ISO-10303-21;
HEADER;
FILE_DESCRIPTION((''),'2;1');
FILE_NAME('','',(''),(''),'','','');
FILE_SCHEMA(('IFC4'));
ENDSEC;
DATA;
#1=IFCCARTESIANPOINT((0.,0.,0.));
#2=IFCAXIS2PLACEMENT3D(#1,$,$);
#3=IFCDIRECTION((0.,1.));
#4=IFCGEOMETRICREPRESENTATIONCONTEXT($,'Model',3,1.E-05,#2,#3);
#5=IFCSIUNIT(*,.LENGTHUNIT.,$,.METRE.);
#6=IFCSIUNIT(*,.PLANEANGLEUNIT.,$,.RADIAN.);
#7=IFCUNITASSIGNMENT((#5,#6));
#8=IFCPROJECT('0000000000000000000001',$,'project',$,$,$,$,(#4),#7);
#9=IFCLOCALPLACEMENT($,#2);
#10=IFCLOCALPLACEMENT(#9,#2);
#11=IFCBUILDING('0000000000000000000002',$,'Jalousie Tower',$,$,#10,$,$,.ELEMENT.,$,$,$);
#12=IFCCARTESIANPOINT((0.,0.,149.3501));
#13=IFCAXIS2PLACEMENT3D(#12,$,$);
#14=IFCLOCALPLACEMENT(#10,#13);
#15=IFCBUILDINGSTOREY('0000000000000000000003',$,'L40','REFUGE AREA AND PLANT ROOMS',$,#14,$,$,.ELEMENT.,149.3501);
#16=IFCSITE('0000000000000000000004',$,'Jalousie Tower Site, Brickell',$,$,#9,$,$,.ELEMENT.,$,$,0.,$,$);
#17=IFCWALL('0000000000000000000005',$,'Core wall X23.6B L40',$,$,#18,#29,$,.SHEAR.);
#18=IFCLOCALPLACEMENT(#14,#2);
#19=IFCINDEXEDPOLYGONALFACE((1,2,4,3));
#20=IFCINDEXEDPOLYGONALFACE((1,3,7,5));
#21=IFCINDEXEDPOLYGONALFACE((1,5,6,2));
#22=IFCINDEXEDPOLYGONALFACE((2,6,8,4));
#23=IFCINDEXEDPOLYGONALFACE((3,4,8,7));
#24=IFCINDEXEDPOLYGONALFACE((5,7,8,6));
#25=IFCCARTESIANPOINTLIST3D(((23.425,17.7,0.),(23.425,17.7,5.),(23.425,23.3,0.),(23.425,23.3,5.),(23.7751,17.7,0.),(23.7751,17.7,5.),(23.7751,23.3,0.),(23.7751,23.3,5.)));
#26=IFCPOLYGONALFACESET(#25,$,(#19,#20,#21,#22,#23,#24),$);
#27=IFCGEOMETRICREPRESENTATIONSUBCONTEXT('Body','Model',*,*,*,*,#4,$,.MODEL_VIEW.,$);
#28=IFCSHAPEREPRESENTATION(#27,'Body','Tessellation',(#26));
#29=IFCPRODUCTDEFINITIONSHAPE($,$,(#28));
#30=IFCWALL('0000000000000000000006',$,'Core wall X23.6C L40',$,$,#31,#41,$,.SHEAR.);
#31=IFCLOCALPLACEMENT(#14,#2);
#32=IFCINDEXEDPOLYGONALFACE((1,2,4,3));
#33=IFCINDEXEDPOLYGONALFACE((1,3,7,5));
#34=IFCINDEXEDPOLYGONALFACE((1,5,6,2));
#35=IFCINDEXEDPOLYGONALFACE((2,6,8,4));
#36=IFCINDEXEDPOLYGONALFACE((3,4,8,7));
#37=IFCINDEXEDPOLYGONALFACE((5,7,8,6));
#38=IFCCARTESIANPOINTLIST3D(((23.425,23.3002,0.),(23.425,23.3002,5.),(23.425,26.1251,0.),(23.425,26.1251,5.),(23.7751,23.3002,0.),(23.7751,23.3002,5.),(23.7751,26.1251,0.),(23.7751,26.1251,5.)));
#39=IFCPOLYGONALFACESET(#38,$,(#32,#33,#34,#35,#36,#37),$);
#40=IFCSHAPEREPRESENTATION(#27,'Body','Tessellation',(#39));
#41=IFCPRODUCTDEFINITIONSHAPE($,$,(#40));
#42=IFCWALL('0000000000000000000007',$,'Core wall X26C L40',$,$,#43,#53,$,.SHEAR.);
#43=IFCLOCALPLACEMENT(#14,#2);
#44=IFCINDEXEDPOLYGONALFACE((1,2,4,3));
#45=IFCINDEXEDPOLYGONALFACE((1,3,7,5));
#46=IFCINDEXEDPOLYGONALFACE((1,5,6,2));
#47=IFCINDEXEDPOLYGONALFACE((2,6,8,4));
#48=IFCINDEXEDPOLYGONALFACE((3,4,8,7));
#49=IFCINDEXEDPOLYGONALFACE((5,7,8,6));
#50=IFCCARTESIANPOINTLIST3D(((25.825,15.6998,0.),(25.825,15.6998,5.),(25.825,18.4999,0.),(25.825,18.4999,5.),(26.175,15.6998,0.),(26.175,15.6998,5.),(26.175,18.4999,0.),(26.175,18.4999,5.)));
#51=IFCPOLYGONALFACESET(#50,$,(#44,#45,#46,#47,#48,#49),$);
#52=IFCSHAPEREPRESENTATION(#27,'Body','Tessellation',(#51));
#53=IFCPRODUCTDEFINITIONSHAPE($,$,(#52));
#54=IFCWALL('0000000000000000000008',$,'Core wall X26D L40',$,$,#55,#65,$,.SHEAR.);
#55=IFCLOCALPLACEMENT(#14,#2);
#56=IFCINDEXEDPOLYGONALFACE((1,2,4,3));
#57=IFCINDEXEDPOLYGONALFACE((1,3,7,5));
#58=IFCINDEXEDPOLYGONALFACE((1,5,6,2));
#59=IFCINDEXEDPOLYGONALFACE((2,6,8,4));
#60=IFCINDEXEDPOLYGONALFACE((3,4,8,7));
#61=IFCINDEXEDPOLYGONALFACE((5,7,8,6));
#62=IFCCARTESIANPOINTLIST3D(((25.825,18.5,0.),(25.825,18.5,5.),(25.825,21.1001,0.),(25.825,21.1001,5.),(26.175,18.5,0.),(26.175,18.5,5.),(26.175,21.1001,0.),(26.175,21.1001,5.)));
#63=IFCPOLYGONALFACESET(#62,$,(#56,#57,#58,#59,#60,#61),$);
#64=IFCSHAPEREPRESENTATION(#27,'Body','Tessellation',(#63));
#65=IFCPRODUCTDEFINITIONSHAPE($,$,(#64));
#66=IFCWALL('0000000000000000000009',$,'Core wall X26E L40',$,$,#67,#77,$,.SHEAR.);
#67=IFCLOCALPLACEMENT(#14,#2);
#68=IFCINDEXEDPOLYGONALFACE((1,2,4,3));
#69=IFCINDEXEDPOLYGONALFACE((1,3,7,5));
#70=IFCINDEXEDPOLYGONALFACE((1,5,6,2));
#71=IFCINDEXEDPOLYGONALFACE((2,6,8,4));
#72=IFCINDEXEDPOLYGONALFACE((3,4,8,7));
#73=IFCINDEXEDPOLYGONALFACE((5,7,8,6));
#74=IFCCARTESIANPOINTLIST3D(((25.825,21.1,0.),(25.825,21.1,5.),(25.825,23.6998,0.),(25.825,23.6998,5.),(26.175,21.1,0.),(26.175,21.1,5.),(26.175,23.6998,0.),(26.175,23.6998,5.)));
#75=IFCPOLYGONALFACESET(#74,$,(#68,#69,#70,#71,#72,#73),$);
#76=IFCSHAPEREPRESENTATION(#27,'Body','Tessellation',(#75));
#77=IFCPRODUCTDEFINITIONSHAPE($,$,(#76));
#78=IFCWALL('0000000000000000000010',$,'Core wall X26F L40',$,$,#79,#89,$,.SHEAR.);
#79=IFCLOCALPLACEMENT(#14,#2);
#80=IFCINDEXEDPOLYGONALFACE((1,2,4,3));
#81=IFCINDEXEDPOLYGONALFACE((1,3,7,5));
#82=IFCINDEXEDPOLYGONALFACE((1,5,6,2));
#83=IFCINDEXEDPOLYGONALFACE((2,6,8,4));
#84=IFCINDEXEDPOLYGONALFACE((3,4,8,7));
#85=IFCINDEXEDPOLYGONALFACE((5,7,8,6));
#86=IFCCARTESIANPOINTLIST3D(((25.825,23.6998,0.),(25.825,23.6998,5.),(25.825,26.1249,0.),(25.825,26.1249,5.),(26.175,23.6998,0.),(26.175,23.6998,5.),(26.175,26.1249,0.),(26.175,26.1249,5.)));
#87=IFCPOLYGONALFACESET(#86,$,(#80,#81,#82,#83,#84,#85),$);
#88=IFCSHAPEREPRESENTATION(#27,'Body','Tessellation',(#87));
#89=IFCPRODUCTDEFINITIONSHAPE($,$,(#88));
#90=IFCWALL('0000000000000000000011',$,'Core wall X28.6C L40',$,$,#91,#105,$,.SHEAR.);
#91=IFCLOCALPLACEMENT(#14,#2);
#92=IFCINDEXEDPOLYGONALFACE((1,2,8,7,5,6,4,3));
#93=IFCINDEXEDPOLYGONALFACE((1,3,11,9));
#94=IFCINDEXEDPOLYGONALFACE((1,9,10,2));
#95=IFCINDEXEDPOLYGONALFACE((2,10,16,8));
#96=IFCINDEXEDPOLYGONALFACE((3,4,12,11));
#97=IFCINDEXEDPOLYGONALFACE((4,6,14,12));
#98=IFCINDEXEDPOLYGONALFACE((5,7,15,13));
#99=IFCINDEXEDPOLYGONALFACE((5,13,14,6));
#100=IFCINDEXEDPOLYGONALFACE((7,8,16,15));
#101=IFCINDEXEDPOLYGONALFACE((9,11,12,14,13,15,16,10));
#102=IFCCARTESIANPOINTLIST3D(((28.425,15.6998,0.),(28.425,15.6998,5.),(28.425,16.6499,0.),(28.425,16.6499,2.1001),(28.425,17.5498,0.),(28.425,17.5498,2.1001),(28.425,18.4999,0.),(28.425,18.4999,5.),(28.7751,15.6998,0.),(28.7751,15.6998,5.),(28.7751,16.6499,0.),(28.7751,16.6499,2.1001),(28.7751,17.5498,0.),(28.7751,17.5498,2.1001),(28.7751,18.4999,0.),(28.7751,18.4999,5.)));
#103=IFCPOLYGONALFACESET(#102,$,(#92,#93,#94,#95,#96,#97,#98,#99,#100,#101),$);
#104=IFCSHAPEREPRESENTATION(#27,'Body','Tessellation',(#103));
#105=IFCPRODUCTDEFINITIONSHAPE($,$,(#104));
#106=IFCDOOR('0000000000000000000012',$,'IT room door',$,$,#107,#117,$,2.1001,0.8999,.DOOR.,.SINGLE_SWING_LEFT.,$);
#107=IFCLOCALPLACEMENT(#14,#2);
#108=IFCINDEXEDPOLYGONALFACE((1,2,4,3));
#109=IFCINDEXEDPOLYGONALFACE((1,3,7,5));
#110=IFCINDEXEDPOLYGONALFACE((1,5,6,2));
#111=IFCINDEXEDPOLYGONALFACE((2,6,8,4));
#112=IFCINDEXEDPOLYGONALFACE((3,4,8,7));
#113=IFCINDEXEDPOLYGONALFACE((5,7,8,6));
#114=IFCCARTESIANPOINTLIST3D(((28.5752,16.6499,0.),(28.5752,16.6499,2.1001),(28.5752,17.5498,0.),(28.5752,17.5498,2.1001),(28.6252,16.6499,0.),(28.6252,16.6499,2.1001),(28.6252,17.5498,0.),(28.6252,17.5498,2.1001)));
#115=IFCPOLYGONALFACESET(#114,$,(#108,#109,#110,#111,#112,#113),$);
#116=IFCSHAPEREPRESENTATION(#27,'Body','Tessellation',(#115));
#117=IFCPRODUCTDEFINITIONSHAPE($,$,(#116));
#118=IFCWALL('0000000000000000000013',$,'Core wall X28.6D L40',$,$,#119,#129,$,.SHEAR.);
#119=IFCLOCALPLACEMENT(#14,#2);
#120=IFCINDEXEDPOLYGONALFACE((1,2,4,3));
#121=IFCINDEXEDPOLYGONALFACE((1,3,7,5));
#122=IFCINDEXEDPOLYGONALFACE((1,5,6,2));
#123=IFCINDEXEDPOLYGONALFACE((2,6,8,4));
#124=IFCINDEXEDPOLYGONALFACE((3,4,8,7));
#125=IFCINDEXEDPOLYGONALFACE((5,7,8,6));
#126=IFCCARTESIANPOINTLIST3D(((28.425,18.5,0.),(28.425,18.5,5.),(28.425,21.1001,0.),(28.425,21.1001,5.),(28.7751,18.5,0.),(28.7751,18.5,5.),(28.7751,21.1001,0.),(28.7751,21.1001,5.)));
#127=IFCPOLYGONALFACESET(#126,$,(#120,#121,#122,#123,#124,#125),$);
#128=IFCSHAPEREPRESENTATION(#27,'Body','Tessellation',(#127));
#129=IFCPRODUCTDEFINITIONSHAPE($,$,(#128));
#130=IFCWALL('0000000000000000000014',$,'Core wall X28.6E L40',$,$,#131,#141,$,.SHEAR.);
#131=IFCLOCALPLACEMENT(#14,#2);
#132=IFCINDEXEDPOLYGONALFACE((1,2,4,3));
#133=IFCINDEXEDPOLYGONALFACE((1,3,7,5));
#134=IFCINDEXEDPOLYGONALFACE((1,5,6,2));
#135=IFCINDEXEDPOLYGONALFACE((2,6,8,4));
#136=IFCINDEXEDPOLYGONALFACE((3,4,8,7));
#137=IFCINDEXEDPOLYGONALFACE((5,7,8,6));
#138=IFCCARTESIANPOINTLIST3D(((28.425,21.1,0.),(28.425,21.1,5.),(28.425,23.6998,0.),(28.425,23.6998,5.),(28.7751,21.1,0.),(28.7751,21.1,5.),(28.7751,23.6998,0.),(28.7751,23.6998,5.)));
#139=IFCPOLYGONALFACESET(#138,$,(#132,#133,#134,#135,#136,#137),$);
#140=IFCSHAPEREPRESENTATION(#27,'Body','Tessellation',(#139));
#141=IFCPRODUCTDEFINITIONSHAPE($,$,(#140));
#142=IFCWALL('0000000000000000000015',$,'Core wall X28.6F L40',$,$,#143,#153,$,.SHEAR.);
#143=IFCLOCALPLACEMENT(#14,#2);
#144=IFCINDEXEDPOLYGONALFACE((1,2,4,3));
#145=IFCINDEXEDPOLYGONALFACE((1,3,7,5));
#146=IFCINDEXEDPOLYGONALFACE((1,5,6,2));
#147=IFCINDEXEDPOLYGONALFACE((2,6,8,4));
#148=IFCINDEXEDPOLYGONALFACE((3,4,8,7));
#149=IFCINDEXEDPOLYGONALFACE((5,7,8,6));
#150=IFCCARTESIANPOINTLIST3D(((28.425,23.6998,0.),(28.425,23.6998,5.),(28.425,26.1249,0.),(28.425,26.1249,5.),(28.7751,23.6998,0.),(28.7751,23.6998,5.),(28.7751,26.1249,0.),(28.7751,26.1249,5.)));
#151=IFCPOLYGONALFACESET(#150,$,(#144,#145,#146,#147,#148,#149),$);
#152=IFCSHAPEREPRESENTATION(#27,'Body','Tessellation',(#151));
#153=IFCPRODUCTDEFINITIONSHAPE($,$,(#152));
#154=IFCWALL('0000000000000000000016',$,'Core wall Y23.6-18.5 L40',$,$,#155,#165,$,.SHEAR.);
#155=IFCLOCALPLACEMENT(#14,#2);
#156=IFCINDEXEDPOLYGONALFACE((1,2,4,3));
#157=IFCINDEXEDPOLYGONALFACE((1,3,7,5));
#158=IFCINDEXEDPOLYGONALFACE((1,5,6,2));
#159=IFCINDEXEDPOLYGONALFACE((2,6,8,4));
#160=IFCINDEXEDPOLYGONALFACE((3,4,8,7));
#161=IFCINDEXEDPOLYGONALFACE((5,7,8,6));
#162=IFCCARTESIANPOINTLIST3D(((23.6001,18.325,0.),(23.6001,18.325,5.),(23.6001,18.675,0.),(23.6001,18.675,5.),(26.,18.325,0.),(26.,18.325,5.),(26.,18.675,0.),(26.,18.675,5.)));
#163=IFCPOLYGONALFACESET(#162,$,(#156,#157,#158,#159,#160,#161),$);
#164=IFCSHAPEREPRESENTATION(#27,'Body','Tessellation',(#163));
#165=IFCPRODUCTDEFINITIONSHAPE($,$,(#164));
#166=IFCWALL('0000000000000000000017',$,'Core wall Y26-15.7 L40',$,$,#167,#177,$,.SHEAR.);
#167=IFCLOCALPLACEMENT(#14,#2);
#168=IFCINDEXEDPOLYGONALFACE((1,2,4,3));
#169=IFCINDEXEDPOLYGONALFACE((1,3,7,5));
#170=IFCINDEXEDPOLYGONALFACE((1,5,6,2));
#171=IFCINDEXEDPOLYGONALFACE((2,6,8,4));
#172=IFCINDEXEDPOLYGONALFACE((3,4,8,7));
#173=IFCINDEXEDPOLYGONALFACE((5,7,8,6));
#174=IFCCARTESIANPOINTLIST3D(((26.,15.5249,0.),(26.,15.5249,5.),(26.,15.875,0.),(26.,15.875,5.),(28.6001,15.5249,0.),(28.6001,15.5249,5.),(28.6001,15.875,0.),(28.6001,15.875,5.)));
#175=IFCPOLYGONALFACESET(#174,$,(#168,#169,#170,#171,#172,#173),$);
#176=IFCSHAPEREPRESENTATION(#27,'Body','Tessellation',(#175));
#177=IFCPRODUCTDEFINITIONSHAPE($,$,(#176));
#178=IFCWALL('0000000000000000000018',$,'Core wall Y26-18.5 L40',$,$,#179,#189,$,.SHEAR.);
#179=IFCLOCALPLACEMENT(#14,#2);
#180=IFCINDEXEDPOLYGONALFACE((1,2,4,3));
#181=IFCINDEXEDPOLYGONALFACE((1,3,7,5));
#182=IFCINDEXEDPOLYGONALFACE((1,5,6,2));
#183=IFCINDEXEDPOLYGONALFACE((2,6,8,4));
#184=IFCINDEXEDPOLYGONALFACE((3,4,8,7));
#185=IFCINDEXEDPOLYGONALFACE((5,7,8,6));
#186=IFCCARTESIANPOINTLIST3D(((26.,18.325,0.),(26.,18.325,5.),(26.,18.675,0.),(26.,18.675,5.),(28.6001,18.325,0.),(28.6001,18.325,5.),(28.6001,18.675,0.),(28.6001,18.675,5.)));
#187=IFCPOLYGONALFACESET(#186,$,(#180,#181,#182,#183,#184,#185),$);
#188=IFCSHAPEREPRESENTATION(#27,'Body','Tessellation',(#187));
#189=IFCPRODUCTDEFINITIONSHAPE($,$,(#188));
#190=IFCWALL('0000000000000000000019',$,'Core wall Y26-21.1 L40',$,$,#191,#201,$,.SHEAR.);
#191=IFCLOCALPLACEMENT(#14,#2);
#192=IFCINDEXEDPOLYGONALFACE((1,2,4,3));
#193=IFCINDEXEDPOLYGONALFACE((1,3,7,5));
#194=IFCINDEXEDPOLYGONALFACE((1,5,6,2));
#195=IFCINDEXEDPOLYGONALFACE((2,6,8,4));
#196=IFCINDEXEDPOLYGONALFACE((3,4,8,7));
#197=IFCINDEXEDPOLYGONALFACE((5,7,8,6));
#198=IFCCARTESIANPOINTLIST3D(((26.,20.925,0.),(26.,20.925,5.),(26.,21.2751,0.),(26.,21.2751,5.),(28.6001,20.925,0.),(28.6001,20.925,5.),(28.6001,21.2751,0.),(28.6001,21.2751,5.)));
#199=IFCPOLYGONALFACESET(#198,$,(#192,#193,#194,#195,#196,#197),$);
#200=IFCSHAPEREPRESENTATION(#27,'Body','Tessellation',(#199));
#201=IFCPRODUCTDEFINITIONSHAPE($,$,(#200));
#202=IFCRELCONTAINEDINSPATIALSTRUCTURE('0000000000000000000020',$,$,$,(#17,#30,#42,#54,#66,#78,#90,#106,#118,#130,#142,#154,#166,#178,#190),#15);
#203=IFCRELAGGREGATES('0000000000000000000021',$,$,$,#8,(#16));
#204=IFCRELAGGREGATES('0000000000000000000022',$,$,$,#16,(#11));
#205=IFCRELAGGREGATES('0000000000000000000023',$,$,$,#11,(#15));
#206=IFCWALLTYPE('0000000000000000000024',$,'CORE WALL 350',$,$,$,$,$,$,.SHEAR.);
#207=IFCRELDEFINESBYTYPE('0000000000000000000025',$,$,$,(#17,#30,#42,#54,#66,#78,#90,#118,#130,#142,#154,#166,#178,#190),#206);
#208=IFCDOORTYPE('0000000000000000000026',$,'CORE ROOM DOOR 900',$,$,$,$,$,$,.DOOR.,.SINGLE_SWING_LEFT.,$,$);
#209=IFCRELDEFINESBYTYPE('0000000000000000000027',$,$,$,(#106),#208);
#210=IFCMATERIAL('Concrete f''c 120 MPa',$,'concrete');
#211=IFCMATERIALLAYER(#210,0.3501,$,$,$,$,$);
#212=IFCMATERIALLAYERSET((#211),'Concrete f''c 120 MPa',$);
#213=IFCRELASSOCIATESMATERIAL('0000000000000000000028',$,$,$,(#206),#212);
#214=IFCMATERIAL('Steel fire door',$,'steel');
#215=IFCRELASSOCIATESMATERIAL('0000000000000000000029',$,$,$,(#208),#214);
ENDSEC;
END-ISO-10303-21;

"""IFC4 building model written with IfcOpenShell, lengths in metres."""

from ifc_helpers import new_model, si_unit, direction, frame, frame_2d, origin, place, context, subcontext, project, spatial, rectangle, extrude, material, layer, layer_set, type_object, element, fill, save


model = new_model("IFC4")

# Units and contexts
model_context = context("Model", 3, precision=1e-05, world=origin(), true_north=direction((0.0, 1.0)))
body_context = subcontext(model_context, "Body", "Model", "MODEL_VIEW")
ifc_project = project(units=[si_unit("LENGTHUNIT", "METRE"), si_unit("PLANEANGLEUNIT", "RADIAN")], contexts=[model_context])

# Site, building, storey
site_placement = place(None, origin())
site = spatial("IfcSite", under=ifc_project, at=site_placement, Name="Jalousie Tower Site, Brickell", CompositionType="ELEMENT", RefElevation=0.0)
building_placement = place(site_placement, origin())
building = spatial("IfcBuilding", under=site, at=building_placement, Name="Jalousie Tower", CompositionType="ELEMENT")
storey_placement = place(building_placement, frame((0.0, 0.0, 149.3501)))
storey = spatial("IfcBuildingStorey", under=building, at=storey_placement, Name="L40", Description="REFUGE AREA AND PLANT ROOMS", CompositionType="ELEMENT", Elevation=149.3501)

# Walls
ifc_material_1 = material(Name="Concrete f'c 120 MPa", Category="concrete")
ifc_layer = layer(ifc_material_1, 0.3501)
ifc_layer_set = layer_set([ifc_layer], Name="Concrete f'c 120 MPa")
wall_type_1 = type_object("IfcWallType", Name="CORE WALL 350", PredefinedType="SHEAR", material=ifc_layer_set)
wall_1_placement = place(storey_placement, frame((23.6001, 17.7, 0.0), z_axis=(0.0, 0.0, 1.0), x_axis=(0.0, 1.0, 0.0)))
element("IfcWall", 1, at=wall_1_placement, inside=storey, type_object=wall_type_1, Name="Core wall X23.6B L40", PredefinedType="SHEAR", context=body_context, shape_type="SweptSolid", body=[
    extrude(rectangle(XDim=5.6001, YDim=0.3501, at=frame_2d((2.8, 0.0))), origin(), (0.0, 0.0, 1.0), 5.0),
])
wall_2_placement = place(storey_placement, frame((23.6001, 23.3, 0.0), z_axis=(0.0, 0.0, 1.0), x_axis=(0.0, 1.0, 0.0)))
element("IfcWall", 2, at=wall_2_placement, inside=storey, type_object=wall_type_1, Name="Core wall X23.6C L40", PredefinedType="SHEAR", context=body_context, shape_type="SweptSolid", body=[
    extrude(rectangle(XDim=2.825, YDim=0.3501, at=frame_2d((1.4126, 0.0))), origin(), (0.0, 0.0, 1.0), 5.0),
])
wall_3_placement = place(storey_placement, frame((26.0, 15.7, 0.0), z_axis=(0.0, 0.0, 1.0), x_axis=(0.0, 1.0, 0.0)))
element("IfcWall", 3, at=wall_3_placement, inside=storey, type_object=wall_type_1, Name="Core wall X26C L40", PredefinedType="SHEAR", context=body_context, shape_type="SweptSolid", body=[
    extrude(rectangle(XDim=2.8, YDim=0.3501, at=frame_2d((1.3999, 0.0))), origin(), (0.0, 0.0, 1.0), 5.0),
])
wall_4_placement = place(storey_placement, frame((26.0, 18.5, 0.0), z_axis=(0.0, 0.0, 1.0), x_axis=(0.0, 1.0, 0.0)))
element("IfcWall", 4, at=wall_4_placement, inside=storey, type_object=wall_type_1, Name="Core wall X26D L40", PredefinedType="SHEAR", context=body_context, shape_type="SweptSolid", body=[
    extrude(rectangle(XDim=2.6001, YDim=0.3501, at=frame_2d((1.3, 0.0))), origin(), (0.0, 0.0, 1.0), 5.0),
])
wall_5_placement = place(storey_placement, frame((26.0, 21.1001, 0.0), z_axis=(0.0, 0.0, 1.0), x_axis=(0.0, 1.0, 0.0)))
element("IfcWall", 5, at=wall_5_placement, inside=storey, type_object=wall_type_1, Name="Core wall X26E L40", PredefinedType="SHEAR", context=body_context, shape_type="SweptSolid", body=[
    extrude(rectangle(XDim=2.5999, YDim=0.3501, at=frame_2d((1.2998, 0.0))), origin(), (0.0, 0.0, 1.0), 5.0),
])
wall_6_placement = place(storey_placement, frame((26.0, 23.7, 0.0), z_axis=(0.0, 0.0, 1.0), x_axis=(0.0, 1.0, 0.0)))
element("IfcWall", 6, at=wall_6_placement, inside=storey, type_object=wall_type_1, Name="Core wall X26F L40", PredefinedType="SHEAR", context=body_context, shape_type="SweptSolid", body=[
    extrude(rectangle(XDim=2.425, YDim=0.3501, at=frame_2d((1.2124, 0.0))), origin(), (0.0, 0.0, 1.0), 5.0),
])

# Wall, opening, door
wall_7_placement = place(storey_placement, frame((28.6001, 15.7, 0.0), z_axis=(0.0, 0.0, 1.0), x_axis=(0.0, 1.0, 0.0)))
wall_7 = element("IfcWall", 7, at=wall_7_placement, inside=storey, type_object=wall_type_1, Name="Core wall X28.6C L40", PredefinedType="SHEAR", context=body_context, shape_type="SweptSolid", body=[
    extrude(rectangle(XDim=2.8, YDim=0.3501, at=frame_2d((1.3999, 0.0))), origin(), (0.0, 0.0, 1.0), 5.0),
])
opening_placement = place(wall_7_placement, frame((0.95, 0.0, 0.0)))
opening = element("IfcOpeningElement", 8, at=opening_placement, cuts=wall_7, PredefinedType="OPENING", context=body_context, shape_type="SweptSolid", body=[
    extrude(rectangle(XDim=0.8999, YDim=2.1001, at=frame_2d((0.45, 1.05))), frame((0.0, 0.1851, 0.0), z_axis=(0.0, -1.0, 0.0), x_axis=(1.0, 0.0, 0.0)), (0.0, 0.0, 1.0), 0.3701),
])
ifc_material_2 = material(Name="Steel fire door", Category="steel")
door_type = type_object("IfcDoorType", Name="CORE ROOM DOOR 900", OperationType="SINGLE_SWING_LEFT", PredefinedType="DOOR", material=ifc_material_2)
door_placement = place(opening_placement, origin())
door = element("IfcDoor", 9, at=door_placement, inside=storey, type_object=door_type, Name="IT room door", OperationType="SINGLE_SWING_LEFT", OverallHeight=2.1001, OverallWidth=0.8999, PredefinedType="DOOR", context=body_context, shape_type="SweptSolid", body=[
    extrude(rectangle(XDim=0.8999, YDim=2.1001, at=frame_2d((0.45, 1.05))), frame((0.0, 0.0249, 0.0), z_axis=(0.0, -1.0, 0.0), x_axis=(1.0, 0.0, 0.0)), (0.0, 0.0, 1.0), 0.05),
])
fill(opening, door)

# Walls
wall_8_placement = place(storey_placement, frame((28.6001, 18.5, 0.0), z_axis=(0.0, 0.0, 1.0), x_axis=(0.0, 1.0, 0.0)))
element("IfcWall", 10, at=wall_8_placement, inside=storey, type_object=wall_type_1, Name="Core wall X28.6D L40", PredefinedType="SHEAR", context=body_context, shape_type="SweptSolid", body=[
    extrude(rectangle(XDim=2.6001, YDim=0.3501, at=frame_2d((1.3, 0.0))), origin(), (0.0, 0.0, 1.0), 5.0),
])
wall_9_placement = place(storey_placement, frame((28.6001, 21.1001, 0.0), z_axis=(0.0, 0.0, 1.0), x_axis=(0.0, 1.0, 0.0)))
element("IfcWall", 11, at=wall_9_placement, inside=storey, type_object=wall_type_1, Name="Core wall X28.6E L40", PredefinedType="SHEAR", context=body_context, shape_type="SweptSolid", body=[
    extrude(rectangle(XDim=2.5999, YDim=0.3501, at=frame_2d((1.2998, 0.0))), origin(), (0.0, 0.0, 1.0), 5.0),
])
wall_10_placement = place(storey_placement, frame((28.6001, 23.7, 0.0), z_axis=(0.0, 0.0, 1.0), x_axis=(0.0, 1.0, 0.0)))
element("IfcWall", 12, at=wall_10_placement, inside=storey, type_object=wall_type_1, Name="Core wall X28.6F L40", PredefinedType="SHEAR", context=body_context, shape_type="SweptSolid", body=[
    extrude(rectangle(XDim=2.425, YDim=0.3501, at=frame_2d((1.2124, 0.0))), origin(), (0.0, 0.0, 1.0), 5.0),
])
wall_11_placement = place(storey_placement, frame((23.6001, 18.5, 0.0), z_axis=(0.0, 0.0, 1.0), x_axis=(1.0, 0.0, 0.0)))
element("IfcWall", 13, at=wall_11_placement, inside=storey, type_object=wall_type_1, Name="Core wall Y23.6-18.5 L40", PredefinedType="SHEAR", context=body_context, shape_type="SweptSolid", body=[
    extrude(rectangle(XDim=2.3999, YDim=0.3501, at=frame_2d((1.2, 0.0))), origin(), (0.0, 0.0, 1.0), 5.0),
])
for number, where, z_axis, x_axis, name in (
    (14, (26.0, 15.7, 0.0), (0.0, 0.0, 1.0), (1.0, 0.0, 0.0), "Core wall Y26-15.7 L40"),
    (15, (26.0, 18.5, 0.0), (0.0, 0.0, 1.0), (1.0, 0.0, 0.0), "Core wall Y26-18.5 L40"),
    (16, (26.0, 21.1001, 0.0), (0.0, 0.0, 1.0), (1.0, 0.0, 0.0), "Core wall Y26-21.1 L40"),
):
    element("IfcWall", number, at=place(storey_placement, frame(where, z_axis=z_axis, x_axis=x_axis)), inside=storey, type_object=wall_type_1, Name=name, PredefinedType="SHEAR", context=body_context, shape_type="SweptSolid", body=[
        extrude(rectangle(XDim=2.6001, YDim=0.3501, at=frame_2d((1.3, 0.0))), origin(), (0.0, 0.0, 1.0), 5.0),
    ])

save(model, "model.ifc")
